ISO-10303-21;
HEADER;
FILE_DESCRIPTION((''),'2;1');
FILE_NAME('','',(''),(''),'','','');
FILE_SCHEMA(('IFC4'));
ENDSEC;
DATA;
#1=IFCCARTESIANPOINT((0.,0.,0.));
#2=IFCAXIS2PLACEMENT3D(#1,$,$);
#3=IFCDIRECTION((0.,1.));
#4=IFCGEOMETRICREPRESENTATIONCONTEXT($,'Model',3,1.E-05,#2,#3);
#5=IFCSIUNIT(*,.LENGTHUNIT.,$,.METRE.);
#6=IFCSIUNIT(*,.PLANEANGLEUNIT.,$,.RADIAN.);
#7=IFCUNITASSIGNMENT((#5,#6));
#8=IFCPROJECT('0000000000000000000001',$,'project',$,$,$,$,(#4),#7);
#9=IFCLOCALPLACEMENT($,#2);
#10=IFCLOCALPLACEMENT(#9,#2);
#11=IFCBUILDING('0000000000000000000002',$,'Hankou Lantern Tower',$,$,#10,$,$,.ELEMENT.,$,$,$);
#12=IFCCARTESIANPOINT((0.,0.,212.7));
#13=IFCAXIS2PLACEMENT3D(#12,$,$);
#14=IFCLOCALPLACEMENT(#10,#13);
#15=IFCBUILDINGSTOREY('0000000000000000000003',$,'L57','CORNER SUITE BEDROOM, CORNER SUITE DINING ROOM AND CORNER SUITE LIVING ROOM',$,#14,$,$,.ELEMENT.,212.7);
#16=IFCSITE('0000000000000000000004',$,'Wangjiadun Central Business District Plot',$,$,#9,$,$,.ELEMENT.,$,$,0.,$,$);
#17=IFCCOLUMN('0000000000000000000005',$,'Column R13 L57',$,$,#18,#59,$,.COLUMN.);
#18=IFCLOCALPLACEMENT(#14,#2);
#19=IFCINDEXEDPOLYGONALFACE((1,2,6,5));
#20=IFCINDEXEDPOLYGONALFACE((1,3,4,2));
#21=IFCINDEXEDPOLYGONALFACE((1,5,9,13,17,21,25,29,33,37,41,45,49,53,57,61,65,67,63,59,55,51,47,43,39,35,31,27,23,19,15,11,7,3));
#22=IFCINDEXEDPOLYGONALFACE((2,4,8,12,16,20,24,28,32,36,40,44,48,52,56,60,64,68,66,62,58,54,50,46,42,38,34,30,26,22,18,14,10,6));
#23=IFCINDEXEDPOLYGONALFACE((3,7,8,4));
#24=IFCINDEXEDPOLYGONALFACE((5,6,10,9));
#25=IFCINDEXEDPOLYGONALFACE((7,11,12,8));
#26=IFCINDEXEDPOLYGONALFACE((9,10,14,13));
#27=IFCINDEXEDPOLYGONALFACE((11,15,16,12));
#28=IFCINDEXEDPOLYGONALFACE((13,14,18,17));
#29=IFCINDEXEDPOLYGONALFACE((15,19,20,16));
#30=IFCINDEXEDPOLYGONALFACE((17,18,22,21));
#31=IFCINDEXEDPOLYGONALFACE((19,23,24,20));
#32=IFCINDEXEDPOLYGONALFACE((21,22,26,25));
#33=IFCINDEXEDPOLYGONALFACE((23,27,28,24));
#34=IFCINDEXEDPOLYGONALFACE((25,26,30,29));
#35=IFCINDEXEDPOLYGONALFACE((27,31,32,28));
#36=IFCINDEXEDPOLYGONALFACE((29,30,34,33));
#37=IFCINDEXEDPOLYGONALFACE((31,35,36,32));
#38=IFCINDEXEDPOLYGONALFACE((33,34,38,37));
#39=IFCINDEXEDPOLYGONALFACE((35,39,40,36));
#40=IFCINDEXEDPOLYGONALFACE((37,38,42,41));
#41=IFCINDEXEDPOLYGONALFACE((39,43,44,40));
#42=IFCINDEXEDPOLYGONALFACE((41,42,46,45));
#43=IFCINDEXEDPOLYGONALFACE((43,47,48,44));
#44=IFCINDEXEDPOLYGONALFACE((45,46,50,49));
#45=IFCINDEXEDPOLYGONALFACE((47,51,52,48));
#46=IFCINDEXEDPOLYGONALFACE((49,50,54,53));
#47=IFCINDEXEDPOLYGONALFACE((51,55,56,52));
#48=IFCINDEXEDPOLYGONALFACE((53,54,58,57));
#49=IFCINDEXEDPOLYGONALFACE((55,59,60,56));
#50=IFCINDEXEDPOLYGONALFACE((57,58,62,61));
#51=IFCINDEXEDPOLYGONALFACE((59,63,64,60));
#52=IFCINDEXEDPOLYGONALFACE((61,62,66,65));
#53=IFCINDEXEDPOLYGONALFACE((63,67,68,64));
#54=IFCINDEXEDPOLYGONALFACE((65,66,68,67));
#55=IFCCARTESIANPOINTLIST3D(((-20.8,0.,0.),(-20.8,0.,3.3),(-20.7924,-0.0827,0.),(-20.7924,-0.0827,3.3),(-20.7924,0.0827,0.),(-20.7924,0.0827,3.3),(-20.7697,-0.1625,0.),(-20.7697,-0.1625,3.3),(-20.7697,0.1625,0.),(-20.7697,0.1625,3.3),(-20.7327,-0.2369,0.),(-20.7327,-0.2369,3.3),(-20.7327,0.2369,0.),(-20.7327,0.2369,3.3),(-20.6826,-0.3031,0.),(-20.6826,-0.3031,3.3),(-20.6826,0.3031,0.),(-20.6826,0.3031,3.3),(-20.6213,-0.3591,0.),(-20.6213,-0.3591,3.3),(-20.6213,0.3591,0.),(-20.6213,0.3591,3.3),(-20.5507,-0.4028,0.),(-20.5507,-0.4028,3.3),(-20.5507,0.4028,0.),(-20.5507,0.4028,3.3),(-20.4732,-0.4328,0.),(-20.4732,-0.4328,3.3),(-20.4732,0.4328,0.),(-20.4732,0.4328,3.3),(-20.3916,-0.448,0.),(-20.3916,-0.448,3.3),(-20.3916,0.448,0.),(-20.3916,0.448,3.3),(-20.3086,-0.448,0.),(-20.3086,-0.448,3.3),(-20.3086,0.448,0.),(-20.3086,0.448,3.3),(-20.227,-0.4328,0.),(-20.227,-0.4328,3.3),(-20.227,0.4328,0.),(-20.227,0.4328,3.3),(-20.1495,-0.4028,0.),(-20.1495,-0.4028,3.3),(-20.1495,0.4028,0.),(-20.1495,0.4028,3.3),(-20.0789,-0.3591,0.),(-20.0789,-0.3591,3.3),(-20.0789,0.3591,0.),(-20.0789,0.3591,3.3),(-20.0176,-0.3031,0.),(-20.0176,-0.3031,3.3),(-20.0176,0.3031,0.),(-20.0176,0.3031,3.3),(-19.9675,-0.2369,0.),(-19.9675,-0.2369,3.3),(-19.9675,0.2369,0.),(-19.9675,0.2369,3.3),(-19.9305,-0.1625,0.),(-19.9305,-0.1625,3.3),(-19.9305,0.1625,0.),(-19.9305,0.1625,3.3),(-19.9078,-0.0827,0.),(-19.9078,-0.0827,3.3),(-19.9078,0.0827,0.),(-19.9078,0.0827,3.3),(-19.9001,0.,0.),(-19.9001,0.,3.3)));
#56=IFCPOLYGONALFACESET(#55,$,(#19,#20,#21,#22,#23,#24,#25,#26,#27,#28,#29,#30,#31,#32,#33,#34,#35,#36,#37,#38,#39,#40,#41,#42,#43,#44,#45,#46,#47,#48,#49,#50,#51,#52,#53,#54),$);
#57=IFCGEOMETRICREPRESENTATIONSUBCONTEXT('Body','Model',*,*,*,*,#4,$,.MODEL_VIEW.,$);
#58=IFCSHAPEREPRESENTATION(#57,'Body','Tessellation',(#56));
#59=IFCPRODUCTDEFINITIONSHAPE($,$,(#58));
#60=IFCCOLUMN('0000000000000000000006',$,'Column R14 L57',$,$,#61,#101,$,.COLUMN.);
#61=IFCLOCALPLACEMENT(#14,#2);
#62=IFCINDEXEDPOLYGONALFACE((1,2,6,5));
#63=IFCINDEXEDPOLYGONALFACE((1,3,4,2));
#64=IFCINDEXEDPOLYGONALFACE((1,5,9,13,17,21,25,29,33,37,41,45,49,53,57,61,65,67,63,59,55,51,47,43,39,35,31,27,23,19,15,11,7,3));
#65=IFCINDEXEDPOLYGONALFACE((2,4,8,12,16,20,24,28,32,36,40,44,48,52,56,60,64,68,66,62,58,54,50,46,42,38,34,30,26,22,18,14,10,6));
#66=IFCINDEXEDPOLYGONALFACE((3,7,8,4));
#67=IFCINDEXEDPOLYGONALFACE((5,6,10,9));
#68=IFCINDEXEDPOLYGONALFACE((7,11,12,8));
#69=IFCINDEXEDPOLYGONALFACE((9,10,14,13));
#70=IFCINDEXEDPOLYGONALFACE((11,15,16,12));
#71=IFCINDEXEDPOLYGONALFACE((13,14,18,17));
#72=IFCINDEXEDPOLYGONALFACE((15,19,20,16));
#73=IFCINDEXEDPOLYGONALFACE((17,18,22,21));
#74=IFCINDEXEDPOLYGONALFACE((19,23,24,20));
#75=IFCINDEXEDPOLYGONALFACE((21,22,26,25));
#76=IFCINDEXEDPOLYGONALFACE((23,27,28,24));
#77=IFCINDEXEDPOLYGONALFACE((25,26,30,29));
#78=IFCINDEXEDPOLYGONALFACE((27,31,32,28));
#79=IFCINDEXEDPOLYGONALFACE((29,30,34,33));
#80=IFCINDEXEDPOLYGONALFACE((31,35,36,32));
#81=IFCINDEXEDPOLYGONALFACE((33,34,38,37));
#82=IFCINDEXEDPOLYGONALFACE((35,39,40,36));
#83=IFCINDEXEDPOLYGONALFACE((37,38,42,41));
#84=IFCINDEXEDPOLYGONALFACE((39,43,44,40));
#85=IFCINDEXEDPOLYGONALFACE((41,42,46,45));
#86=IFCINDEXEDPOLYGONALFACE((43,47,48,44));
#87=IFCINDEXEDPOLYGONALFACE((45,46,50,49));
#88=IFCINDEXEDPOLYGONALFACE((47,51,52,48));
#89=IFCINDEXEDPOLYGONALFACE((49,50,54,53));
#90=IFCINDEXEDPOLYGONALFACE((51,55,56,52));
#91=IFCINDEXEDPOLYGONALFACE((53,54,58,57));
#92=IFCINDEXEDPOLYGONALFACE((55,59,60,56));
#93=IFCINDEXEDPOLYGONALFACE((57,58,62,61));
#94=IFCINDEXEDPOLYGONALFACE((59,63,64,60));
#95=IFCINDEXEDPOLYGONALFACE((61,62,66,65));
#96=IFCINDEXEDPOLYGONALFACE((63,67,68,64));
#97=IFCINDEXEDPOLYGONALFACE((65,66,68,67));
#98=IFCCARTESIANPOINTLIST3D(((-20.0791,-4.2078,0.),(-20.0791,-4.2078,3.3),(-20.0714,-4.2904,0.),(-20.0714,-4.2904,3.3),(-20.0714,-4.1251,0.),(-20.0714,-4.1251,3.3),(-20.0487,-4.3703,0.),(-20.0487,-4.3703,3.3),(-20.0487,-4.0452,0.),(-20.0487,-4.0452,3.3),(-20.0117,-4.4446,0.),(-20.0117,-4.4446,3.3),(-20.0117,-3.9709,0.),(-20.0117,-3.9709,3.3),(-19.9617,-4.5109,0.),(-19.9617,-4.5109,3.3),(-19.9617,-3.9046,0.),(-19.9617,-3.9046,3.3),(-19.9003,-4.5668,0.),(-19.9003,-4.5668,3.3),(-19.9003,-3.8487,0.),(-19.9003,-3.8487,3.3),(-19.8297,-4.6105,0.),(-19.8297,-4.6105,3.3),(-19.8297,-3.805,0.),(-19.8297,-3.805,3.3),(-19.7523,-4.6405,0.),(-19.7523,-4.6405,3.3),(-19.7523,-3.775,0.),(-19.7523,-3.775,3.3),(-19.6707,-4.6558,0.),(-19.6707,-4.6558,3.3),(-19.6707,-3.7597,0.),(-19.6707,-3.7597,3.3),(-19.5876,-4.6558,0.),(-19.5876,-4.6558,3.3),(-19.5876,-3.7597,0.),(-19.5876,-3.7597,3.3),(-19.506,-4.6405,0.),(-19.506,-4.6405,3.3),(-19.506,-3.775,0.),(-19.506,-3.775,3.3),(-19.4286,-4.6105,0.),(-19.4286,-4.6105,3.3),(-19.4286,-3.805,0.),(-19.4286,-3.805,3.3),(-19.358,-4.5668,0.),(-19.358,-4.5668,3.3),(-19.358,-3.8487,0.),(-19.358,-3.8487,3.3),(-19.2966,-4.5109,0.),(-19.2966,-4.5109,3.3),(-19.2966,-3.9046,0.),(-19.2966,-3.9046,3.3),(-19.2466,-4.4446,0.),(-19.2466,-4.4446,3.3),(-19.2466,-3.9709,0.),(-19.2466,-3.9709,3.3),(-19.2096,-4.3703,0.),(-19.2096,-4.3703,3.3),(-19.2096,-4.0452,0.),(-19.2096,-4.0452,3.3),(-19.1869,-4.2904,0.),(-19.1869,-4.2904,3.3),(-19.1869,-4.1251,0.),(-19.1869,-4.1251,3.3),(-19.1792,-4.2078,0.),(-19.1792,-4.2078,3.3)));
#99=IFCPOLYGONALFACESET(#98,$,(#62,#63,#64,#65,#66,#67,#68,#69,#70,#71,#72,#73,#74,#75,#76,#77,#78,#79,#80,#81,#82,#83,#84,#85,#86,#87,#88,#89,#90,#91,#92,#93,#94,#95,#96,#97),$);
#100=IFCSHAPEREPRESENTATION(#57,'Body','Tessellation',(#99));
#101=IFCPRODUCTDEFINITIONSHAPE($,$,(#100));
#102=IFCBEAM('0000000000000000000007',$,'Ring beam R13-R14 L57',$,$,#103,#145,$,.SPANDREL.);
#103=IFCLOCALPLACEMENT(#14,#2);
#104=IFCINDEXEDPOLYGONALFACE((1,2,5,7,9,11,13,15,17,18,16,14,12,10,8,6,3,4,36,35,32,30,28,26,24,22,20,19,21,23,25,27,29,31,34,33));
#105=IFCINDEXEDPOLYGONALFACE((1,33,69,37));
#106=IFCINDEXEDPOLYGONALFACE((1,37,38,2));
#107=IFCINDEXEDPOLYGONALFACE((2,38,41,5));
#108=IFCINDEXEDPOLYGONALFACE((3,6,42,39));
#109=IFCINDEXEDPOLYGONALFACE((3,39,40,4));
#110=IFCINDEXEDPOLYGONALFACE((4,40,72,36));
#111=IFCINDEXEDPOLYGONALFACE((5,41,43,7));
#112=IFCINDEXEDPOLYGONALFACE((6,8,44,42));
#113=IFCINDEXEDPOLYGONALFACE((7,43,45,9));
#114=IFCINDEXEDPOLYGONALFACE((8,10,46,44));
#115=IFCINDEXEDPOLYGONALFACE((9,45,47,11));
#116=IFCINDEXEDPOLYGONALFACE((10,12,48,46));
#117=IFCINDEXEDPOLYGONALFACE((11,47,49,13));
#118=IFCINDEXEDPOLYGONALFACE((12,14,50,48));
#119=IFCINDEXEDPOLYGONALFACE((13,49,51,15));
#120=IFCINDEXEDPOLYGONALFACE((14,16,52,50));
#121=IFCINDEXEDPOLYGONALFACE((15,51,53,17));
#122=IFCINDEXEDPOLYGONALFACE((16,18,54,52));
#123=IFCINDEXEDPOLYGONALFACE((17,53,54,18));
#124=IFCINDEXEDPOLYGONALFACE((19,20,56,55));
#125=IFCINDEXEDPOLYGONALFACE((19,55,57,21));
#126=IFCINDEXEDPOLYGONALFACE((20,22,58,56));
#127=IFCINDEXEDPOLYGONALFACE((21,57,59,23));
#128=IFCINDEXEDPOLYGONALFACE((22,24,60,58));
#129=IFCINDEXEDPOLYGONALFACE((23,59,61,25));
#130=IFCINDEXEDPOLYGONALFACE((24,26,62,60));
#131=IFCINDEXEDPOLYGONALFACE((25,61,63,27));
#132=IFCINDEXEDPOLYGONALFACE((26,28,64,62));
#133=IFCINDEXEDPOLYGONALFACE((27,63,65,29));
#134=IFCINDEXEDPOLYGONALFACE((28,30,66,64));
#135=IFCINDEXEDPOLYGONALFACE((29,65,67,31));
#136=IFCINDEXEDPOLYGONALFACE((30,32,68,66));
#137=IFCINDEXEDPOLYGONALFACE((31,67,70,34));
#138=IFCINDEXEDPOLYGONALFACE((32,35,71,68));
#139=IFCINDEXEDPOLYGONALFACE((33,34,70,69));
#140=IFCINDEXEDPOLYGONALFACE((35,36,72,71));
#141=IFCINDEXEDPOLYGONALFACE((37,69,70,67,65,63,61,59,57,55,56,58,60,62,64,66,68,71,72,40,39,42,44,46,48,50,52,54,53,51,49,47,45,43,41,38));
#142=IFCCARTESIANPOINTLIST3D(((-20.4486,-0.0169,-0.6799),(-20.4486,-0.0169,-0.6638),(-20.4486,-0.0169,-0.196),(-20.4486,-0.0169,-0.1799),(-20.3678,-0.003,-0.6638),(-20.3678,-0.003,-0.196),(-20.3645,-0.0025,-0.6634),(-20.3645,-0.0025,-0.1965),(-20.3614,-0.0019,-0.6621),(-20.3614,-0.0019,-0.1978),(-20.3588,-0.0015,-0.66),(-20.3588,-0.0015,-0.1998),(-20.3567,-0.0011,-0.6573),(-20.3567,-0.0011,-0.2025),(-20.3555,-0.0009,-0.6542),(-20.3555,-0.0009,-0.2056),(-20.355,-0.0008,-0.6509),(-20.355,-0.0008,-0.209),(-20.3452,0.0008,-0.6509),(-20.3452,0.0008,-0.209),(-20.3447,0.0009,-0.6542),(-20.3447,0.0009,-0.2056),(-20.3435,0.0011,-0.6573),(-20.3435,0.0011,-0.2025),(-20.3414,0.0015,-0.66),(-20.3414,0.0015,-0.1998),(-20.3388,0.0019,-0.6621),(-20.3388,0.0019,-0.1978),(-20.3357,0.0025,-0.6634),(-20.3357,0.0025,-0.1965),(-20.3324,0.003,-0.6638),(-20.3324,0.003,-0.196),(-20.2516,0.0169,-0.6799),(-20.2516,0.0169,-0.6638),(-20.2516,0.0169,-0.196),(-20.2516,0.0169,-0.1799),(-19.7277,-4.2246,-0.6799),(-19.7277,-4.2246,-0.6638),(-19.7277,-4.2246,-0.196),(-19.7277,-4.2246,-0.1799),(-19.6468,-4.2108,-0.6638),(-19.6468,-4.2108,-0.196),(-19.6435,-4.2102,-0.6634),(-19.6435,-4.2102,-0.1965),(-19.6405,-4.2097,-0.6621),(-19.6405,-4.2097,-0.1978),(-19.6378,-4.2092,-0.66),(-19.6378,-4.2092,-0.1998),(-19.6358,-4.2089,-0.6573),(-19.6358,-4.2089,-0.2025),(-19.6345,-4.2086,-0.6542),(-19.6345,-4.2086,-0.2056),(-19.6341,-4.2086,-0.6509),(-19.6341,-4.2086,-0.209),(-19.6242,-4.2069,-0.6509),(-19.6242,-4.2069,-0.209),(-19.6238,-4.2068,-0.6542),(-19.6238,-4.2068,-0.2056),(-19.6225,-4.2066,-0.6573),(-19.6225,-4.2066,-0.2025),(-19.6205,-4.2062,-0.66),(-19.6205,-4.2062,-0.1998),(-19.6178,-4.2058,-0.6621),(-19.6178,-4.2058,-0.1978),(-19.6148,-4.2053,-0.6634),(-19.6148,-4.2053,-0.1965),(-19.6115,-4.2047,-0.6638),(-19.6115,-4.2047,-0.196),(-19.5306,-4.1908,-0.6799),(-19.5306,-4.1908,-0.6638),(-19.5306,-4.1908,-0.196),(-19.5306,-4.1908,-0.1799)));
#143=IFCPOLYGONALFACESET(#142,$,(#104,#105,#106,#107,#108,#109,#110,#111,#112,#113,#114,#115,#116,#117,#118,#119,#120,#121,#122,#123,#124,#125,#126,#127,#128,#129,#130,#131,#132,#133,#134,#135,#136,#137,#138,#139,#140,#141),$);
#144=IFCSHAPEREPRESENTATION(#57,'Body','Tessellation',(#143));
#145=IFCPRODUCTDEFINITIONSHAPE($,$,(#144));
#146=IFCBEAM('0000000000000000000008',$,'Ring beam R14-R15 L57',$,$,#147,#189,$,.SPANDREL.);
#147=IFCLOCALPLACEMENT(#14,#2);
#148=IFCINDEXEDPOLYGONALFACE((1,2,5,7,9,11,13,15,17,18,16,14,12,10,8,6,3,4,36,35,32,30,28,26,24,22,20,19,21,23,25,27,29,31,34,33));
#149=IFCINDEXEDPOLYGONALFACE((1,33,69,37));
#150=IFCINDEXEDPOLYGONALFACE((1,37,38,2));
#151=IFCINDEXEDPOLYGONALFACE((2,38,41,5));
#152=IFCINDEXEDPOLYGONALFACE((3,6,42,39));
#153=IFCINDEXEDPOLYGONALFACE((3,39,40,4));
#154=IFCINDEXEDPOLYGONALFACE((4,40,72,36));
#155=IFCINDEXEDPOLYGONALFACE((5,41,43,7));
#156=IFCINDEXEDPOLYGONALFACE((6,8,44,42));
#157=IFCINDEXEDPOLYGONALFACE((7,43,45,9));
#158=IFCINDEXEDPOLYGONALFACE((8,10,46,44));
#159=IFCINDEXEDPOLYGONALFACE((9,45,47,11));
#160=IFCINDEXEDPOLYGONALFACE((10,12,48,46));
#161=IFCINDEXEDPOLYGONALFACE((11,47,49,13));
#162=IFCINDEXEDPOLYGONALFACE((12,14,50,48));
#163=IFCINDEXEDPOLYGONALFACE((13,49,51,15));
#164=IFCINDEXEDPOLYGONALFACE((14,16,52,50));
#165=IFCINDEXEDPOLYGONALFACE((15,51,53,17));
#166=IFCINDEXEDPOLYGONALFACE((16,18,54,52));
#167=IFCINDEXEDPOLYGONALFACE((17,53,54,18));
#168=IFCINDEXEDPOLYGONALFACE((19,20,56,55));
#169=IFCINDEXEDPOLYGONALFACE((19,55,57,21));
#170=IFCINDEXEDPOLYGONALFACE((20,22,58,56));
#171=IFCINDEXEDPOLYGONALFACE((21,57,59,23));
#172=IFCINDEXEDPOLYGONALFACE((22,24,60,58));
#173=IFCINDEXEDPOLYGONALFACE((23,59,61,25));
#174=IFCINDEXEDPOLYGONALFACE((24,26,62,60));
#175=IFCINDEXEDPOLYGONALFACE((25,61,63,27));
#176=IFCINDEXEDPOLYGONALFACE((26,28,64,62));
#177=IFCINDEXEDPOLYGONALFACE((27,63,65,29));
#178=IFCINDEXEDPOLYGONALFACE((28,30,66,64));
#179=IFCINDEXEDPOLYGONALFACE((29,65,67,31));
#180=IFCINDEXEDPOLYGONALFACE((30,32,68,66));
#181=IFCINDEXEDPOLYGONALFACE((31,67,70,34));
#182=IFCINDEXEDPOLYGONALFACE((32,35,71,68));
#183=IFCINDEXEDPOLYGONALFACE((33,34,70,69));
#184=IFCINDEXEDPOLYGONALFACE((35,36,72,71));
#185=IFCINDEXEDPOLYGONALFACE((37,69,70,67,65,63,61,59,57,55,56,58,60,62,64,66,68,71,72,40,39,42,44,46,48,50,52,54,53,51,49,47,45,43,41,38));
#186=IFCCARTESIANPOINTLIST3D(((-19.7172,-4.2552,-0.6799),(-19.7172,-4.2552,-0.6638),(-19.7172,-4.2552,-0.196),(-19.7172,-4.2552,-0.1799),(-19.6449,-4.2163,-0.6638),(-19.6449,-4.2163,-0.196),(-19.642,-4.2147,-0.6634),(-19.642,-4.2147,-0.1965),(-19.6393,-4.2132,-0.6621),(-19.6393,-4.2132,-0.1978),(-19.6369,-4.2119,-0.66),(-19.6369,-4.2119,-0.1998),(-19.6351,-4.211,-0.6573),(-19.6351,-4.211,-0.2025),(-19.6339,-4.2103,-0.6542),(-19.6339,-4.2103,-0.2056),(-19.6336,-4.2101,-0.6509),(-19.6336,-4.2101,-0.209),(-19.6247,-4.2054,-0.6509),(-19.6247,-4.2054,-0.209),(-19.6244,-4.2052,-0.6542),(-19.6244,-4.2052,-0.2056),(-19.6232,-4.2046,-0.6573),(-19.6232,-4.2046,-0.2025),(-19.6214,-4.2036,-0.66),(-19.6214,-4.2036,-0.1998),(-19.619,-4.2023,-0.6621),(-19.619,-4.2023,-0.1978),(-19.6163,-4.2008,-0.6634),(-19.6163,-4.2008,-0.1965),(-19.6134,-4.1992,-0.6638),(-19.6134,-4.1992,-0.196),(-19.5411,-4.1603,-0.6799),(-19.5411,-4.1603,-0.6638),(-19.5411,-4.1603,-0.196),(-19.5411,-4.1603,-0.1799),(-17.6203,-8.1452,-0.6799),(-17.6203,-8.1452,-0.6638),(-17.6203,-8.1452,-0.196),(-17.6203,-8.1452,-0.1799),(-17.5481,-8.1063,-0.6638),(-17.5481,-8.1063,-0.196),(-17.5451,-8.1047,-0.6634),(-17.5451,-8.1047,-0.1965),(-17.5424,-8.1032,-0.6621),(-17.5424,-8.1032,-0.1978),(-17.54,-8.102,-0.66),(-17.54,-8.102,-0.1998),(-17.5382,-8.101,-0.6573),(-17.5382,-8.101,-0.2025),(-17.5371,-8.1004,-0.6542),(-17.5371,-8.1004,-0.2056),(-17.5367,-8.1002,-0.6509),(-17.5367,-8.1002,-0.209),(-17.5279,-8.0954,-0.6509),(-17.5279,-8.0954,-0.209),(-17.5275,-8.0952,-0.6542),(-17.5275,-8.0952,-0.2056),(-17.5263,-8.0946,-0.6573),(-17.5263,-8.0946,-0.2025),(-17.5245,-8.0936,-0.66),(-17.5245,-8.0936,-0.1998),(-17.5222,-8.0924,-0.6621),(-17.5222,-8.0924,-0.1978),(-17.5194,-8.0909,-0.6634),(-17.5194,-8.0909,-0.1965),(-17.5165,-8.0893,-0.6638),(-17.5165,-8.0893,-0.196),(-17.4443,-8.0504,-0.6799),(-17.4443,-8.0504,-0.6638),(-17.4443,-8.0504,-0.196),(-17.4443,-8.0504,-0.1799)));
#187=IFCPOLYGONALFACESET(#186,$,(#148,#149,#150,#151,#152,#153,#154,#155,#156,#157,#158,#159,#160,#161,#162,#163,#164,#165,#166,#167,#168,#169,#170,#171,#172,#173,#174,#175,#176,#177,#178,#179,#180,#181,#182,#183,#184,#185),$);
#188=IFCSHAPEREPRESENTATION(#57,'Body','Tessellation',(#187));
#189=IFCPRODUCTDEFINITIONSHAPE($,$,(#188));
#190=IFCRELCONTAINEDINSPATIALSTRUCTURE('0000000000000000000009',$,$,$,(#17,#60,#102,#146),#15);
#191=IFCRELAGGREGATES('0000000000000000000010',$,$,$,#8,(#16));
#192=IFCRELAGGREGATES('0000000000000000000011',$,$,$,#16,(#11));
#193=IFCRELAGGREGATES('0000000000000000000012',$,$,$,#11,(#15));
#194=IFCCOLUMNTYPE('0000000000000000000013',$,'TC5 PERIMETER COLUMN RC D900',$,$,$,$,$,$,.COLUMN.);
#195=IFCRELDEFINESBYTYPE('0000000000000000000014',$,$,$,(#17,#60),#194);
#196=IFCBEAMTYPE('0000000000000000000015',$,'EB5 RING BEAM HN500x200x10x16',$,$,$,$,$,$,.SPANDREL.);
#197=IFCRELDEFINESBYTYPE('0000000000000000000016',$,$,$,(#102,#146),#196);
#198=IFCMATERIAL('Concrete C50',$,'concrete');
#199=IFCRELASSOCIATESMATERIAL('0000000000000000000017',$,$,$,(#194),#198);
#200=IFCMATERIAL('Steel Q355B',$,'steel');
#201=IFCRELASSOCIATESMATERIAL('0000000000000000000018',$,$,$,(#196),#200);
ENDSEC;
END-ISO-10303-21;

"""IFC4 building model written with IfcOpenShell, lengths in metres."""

from ifc_helpers import new_model, si_unit, direction, frame, origin, origin_2d, place, context, subcontext, project, spatial, circle, i_section, extrude, material, material_profile, profile_set, type_object, element, save


model = new_model("IFC4")

# Units and contexts
model_context = context("Model", 3, precision=1e-05, world=origin(), true_north=direction((0.0, 1.0)))
body_context = subcontext(model_context, "Body", "Model", "MODEL_VIEW")
ifc_project = project(units=[si_unit("LENGTHUNIT", "METRE"), si_unit("PLANEANGLEUNIT", "RADIAN")], contexts=[model_context])

# Site, building, storey
site_placement = place(None, origin())
site = spatial("IfcSite", under=ifc_project, at=site_placement, Name="Wangjiadun Central Business District Plot", CompositionType="ELEMENT", RefElevation=0.0)
building_placement = place(site_placement, origin())
building = spatial("IfcBuilding", under=site, at=building_placement, Name="Hankou Lantern Tower", CompositionType="ELEMENT")
storey_placement = place(building_placement, frame((0.0, 0.0, 212.7)))
storey = spatial("IfcBuildingStorey", under=building, at=storey_placement, Name="L57", Description="CORNER SUITE BEDROOM, CORNER SUITE DINING ROOM AND CORNER SUITE LIVING ROOM", CompositionType="ELEMENT", Elevation=212.7)

# Columns
ifc_material_1 = material(Name="Concrete C50", Category="concrete")
ifc_material_profile_1 = material_profile(ifc_material_1, circle(Radius=0.45, at=origin_2d()), Name="RC D900")
ifc_profile_set_1 = profile_set([ifc_material_profile_1], Name="Concrete C50")
column_type = type_object("IfcColumnType", Name="TC5 PERIMETER COLUMN RC D900", PredefinedType="COLUMN", material=ifc_profile_set_1)
for number, where, z_axis, x_axis, name in (
    (1, (-20.3501, 0.0, 0.0), (0.0, 0.0, 1.0), (1.0, 0.0, 0.0), "Column R13 L57"),
    (2, (-19.6292, -4.2078, 0.0), (0.0, 0.0, 1.0), (1.0, 0.0, 0.0), "Column R14 L57"),
):
    element("IfcColumn", number, at=place(storey_placement, frame(where, z_axis=z_axis, x_axis=x_axis)), inside=storey, type_object=column_type, Name=name, PredefinedType="COLUMN", context=body_context, shape_type="SweptSolid", body=[
        extrude(circle(Radius=0.45, at=origin_2d()), origin(), (0.0, 0.0, 1.0), 3.3),
    ])

# Beams
ifc_material_2 = material(Name="Steel Q355B", Category="steel")
ifc_material_profile_2 = material_profile(ifc_material_2, i_section(OverallWidth=0.2, OverallDepth=0.5, WebThickness=0.01, FlangeThickness=0.0161, FilletRadius=0.0129, at=origin_2d()), Name="HN500x200x10x16")
ifc_profile_set_2 = profile_set([ifc_material_profile_2], Name="Steel Q355B")
beam_type_1 = type_object("IfcBeamType", Name="EB5 RING BEAM HN500x200x10x16", PredefinedType="SPANDREL", material=ifc_profile_set_2)
beam_1_placement = place(storey_placement, frame((-20.3501, 0.0, -0.4299), z_axis=(0.168877, -0.985637, 0.0), x_axis=(0.985637, 0.168877, 0.0)))
element("IfcBeam", 3, at=beam_1_placement, inside=storey, type_object=beam_type_1, Name="Ring beam R13-R14 L57", PredefinedType="SPANDREL", context=body_context, shape_type="SweptSolid", body=[
    extrude(i_section(OverallWidth=0.2, OverallDepth=0.5, WebThickness=0.01, FlangeThickness=0.0161, FilletRadius=0.0129, at=origin_2d()), origin(), (0.0, 0.0, 1.0), 4.269),
])
beam_2_placement = place(storey_placement, frame((-19.6292, -4.2078, -0.4299), z_axis=(0.474492, -0.88026, 0.0), x_axis=(0.88026, 0.474492, 0.0)))
element("IfcBeam", 4, at=beam_2_placement, inside=storey, type_object=beam_type_1, Name="Ring beam R14-R15 L57", PredefinedType="SPANDREL", context=body_context, shape_type="SweptSolid", body=[
    extrude(i_section(OverallWidth=0.2, OverallDepth=0.5, WebThickness=0.01, FlangeThickness=0.0161, FilletRadius=0.0129, at=origin_2d()), origin(), (0.0, 0.0, 1.0), 4.4192),
])

save(model, "model.ifc")
